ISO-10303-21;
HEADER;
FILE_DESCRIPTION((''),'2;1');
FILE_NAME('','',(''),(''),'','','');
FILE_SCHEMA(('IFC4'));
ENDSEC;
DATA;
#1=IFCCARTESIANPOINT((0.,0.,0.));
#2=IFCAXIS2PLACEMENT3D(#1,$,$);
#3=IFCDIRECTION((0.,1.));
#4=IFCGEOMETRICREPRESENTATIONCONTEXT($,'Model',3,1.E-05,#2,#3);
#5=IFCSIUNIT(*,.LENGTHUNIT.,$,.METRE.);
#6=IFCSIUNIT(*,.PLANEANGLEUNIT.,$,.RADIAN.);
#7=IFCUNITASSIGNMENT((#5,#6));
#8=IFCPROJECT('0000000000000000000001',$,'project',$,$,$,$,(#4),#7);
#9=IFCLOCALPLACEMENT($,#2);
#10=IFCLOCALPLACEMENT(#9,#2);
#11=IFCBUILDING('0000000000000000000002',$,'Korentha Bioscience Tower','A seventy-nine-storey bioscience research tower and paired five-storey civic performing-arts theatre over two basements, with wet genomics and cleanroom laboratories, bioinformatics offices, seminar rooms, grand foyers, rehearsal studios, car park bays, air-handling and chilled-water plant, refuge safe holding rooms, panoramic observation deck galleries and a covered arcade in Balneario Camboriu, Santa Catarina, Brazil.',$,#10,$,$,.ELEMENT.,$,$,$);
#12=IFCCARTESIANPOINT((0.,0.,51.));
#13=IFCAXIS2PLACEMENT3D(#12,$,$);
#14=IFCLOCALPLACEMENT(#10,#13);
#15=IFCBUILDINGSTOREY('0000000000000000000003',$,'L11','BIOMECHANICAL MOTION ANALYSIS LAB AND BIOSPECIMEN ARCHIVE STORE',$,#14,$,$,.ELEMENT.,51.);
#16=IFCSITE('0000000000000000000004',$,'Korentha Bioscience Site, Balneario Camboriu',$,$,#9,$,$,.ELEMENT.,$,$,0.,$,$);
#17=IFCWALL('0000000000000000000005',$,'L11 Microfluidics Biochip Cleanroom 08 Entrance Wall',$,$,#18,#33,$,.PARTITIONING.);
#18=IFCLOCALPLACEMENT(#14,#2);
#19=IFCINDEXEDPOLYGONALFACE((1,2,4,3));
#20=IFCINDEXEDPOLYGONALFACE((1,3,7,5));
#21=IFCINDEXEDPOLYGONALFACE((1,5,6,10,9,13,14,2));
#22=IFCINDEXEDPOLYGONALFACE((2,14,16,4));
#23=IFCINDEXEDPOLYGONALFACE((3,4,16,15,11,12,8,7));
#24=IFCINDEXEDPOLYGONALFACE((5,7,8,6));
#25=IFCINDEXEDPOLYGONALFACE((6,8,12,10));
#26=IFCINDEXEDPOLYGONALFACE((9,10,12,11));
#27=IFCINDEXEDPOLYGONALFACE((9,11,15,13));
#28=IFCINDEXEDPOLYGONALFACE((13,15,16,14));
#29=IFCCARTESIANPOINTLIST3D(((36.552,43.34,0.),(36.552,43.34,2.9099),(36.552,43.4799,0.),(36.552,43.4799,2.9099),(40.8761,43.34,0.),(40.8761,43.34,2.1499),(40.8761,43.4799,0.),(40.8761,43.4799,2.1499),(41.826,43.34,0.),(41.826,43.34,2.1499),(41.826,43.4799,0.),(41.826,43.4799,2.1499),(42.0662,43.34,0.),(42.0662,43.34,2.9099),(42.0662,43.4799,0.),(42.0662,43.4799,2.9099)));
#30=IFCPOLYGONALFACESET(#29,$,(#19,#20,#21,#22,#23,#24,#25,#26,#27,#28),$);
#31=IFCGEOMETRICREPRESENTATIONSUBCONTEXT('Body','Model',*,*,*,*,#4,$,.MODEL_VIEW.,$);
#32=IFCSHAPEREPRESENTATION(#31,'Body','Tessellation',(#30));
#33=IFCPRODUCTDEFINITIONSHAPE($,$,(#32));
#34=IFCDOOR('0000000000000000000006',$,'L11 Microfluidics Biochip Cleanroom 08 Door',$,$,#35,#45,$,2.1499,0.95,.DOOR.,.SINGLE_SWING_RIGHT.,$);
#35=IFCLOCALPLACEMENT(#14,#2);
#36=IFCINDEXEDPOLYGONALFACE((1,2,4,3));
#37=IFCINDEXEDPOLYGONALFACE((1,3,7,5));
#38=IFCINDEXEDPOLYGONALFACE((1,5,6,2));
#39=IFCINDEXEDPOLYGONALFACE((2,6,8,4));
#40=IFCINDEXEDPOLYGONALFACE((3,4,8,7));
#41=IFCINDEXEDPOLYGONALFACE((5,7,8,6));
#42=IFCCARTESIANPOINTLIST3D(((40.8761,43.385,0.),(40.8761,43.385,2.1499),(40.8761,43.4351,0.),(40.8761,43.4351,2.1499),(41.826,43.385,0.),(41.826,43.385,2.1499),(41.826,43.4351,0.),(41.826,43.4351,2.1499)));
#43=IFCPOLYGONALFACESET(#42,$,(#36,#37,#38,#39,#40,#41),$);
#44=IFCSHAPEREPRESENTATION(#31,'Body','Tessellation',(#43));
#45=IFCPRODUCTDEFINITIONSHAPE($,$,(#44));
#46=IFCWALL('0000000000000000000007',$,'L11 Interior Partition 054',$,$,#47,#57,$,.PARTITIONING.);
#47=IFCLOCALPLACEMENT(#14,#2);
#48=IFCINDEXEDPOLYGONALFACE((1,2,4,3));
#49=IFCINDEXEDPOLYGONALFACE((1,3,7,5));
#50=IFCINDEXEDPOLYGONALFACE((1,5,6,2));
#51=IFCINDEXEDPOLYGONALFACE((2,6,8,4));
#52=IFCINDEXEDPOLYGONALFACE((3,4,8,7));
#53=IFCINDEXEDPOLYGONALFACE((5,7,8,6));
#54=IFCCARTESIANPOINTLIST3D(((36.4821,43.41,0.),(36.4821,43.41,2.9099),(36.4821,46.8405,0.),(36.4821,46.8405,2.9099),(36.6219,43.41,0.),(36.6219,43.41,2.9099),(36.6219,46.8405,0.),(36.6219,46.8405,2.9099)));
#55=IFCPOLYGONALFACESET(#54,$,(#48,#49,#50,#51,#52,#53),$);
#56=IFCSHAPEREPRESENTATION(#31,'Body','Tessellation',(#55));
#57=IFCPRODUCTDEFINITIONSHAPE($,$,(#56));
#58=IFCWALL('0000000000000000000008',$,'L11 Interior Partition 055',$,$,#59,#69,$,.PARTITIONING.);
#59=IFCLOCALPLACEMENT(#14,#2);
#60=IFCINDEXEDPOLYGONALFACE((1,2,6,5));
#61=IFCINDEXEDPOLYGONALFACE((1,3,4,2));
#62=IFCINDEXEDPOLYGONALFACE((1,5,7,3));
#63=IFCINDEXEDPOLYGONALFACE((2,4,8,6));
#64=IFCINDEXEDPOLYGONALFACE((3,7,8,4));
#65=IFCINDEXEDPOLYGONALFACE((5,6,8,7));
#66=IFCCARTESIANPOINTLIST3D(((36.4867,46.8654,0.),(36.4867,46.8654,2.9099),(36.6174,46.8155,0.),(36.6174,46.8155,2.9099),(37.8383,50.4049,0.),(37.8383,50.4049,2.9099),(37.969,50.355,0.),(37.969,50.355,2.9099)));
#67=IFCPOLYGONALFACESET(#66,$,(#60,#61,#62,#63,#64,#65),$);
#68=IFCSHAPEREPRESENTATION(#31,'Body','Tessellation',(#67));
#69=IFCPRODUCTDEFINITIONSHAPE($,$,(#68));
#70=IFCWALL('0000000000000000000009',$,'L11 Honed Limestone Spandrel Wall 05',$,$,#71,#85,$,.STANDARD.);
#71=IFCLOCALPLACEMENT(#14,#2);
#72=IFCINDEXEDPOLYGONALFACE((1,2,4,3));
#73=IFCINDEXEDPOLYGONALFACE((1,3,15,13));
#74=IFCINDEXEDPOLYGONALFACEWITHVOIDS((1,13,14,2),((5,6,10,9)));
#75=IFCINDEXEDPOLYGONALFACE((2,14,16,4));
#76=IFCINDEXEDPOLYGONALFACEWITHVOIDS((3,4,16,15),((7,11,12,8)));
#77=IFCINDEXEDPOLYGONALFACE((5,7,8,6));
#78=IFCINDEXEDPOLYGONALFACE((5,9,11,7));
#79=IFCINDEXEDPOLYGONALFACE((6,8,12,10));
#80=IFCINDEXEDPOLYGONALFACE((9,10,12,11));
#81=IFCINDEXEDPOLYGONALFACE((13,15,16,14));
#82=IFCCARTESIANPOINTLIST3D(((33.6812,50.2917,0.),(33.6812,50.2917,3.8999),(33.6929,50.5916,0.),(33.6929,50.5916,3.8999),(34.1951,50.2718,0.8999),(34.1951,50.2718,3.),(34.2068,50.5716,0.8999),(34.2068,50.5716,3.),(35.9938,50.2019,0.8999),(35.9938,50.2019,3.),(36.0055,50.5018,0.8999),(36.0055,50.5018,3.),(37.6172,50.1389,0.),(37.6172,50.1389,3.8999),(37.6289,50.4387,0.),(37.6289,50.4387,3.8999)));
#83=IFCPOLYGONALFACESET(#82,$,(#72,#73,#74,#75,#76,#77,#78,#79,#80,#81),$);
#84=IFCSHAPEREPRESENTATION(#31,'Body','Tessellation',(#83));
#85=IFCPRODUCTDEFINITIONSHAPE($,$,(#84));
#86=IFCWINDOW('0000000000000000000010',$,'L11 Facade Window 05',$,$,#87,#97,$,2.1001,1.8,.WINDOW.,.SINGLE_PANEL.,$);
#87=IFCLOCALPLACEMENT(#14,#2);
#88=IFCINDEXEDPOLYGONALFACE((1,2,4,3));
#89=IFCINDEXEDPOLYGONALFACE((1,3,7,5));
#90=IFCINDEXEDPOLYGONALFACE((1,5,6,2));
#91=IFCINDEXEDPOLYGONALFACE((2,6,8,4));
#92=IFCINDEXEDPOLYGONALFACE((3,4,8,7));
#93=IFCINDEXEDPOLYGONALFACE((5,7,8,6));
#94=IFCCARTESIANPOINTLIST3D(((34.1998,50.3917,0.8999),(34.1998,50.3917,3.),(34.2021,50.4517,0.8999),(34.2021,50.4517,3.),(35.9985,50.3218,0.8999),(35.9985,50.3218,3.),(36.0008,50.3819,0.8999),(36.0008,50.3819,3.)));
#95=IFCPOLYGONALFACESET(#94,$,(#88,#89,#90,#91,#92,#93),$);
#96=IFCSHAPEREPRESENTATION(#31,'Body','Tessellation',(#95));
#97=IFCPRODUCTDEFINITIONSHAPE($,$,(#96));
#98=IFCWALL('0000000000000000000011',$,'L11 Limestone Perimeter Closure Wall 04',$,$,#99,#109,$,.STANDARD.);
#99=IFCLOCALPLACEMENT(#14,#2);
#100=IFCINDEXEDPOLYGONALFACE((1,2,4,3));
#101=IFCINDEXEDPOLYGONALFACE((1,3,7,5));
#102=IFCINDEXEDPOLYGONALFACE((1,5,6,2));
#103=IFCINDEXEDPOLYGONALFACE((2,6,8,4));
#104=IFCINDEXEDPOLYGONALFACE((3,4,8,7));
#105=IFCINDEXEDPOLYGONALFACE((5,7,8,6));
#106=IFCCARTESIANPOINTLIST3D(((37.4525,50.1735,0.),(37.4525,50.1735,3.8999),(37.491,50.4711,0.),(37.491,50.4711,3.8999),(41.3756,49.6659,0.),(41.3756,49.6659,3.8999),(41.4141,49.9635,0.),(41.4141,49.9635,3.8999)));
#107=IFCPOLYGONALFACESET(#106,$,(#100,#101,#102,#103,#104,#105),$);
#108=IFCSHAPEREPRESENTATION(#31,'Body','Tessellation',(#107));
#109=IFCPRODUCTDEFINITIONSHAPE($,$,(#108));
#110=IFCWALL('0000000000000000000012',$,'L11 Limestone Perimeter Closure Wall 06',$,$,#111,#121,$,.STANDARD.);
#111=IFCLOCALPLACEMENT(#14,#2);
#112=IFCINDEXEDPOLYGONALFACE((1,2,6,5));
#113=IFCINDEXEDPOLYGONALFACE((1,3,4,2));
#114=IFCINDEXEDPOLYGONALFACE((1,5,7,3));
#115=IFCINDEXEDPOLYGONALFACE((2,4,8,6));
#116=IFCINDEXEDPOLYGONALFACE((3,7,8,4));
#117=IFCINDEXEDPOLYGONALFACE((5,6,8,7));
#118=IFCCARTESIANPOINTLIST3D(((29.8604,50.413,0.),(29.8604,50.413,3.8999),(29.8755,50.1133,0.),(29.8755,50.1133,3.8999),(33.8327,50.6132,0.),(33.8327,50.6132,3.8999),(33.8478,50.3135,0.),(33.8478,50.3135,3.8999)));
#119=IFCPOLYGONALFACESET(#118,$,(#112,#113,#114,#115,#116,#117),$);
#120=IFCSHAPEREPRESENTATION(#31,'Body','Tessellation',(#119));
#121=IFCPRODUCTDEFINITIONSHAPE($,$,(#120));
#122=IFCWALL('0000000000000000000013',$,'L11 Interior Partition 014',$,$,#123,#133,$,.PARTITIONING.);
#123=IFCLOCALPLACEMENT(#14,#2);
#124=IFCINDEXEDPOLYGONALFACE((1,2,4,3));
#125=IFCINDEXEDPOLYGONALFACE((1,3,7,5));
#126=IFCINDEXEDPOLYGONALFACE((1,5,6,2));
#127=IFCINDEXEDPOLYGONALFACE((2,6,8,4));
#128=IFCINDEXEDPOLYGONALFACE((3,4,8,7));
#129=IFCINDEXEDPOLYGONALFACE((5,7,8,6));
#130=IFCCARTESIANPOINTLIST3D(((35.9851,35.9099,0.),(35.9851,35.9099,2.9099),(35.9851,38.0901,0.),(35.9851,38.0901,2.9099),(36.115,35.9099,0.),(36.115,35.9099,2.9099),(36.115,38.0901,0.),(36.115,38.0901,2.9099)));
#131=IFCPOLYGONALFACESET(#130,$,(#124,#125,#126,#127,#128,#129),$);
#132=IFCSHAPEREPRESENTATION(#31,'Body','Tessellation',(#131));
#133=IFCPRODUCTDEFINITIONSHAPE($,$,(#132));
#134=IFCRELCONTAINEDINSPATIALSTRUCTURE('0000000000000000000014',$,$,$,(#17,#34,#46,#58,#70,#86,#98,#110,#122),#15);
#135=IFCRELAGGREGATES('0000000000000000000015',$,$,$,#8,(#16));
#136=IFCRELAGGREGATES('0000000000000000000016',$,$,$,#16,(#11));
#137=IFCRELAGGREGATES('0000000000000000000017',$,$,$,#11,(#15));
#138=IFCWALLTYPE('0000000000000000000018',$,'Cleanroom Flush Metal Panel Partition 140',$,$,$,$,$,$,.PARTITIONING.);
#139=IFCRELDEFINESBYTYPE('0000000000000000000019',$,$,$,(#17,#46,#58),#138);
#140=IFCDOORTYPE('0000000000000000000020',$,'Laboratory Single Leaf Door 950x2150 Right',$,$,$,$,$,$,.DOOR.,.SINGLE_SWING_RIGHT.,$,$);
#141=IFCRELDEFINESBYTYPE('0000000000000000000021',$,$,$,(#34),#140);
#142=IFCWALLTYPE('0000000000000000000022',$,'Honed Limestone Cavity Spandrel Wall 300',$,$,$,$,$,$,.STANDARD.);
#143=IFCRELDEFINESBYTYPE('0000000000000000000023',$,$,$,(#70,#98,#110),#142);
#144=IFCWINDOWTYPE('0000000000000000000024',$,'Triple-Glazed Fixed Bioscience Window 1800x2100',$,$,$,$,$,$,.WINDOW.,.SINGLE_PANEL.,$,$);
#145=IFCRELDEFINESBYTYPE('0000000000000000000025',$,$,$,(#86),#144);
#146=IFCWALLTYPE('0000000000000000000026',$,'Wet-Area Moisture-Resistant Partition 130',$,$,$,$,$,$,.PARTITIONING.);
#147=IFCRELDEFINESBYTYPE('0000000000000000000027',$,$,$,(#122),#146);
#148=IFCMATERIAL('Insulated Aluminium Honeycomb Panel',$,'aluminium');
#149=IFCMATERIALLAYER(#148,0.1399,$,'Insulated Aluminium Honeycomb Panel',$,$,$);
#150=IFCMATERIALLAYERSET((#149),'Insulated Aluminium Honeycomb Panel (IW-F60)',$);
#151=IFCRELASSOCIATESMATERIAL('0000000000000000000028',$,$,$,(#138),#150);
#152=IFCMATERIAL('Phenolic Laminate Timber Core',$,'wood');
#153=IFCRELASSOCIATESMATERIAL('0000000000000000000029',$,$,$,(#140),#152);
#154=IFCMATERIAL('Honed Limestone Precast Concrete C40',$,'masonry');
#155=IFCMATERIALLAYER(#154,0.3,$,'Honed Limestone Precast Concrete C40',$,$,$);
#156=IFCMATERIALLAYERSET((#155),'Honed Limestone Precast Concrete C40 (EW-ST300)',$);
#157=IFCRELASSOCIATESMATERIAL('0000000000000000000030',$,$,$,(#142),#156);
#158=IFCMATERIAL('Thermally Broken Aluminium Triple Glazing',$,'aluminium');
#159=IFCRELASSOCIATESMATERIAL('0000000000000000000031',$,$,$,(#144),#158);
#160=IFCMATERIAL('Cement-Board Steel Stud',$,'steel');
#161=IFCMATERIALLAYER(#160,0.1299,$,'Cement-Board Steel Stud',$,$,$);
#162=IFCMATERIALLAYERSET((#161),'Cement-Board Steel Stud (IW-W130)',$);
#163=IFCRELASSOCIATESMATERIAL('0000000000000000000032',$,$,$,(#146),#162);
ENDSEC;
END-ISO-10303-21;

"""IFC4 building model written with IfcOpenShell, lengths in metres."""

from ifc_helpers import new_model, si_unit, direction, frame, frame_2d, origin, place, context, subcontext, project, spatial, rectangle, extrude, material, layer, layer_set, type_object, element, fill, save


model = new_model("IFC4")

# Units and contexts
model_context = context("Model", 3, precision=1e-05, world=origin(), true_north=direction((0.0, 1.0)))
body_context = subcontext(model_context, "Body", "Model", "MODEL_VIEW")
ifc_project = project(units=[si_unit("LENGTHUNIT", "METRE"), si_unit("PLANEANGLEUNIT", "RADIAN")], contexts=[model_context])

# Site, building, storey
site_placement = place(None, origin())
site = spatial("IfcSite", under=ifc_project, at=site_placement, Name="Korentha Bioscience Site, Balneario Camboriu", CompositionType="ELEMENT", RefElevation=0.0)
building_placement = place(site_placement, origin())
building = spatial("IfcBuilding", under=site, at=building_placement, Name="Korentha Bioscience Tower", Description="A seventy-nine-storey bioscience research tower and paired five-storey civic performing-arts theatre over two basements, with wet genomics and cleanroom laboratories, bioinformatics offices, seminar rooms, grand foyers, rehearsal studios, car park bays, air-handling and chilled-water plant, refuge safe holding rooms, panoramic observation deck galleries and a covered arcade in Balneario Camboriu, Santa Catarina, Brazil.", CompositionType="ELEMENT")
storey_placement = place(building_placement, frame((0.0, 0.0, 51.0)))
storey = spatial("IfcBuildingStorey", under=building, at=storey_placement, Name="L11", Description="BIOMECHANICAL MOTION ANALYSIS LAB AND BIOSPECIMEN ARCHIVE STORE", CompositionType="ELEMENT", Elevation=51.0)

# Shared definitions
ifc_material_1 = material(Name="Phenolic Laminate Timber Core", Category="wood")

# Wall, opening, door
ifc_material_2 = material(Name="Insulated Aluminium Honeycomb Panel", Category="aluminium")
ifc_layer_1 = layer(ifc_material_2, 0.1399, Name="Insulated Aluminium Honeycomb Panel")
ifc_layer_set_1 = layer_set([ifc_layer_1], Name="Insulated Aluminium Honeycomb Panel (IW-F60)")
wall_type_1 = type_object("IfcWallType", Name="Cleanroom Flush Metal Panel Partition 140", PredefinedType="PARTITIONING", material=ifc_layer_set_1)
wall_1_placement = place(storey_placement, frame((42.0662, 43.4099, 0.0), z_axis=(0.0, 0.0, 1.0), x_axis=(-1.0, 0.0, 0.0)))
wall_1 = element("IfcWall", 1, at=wall_1_placement, inside=storey, type_object=wall_type_1, Name="L11 Microfluidics Biochip Cleanroom 08 Entrance Wall", PredefinedType="PARTITIONING", context=body_context, shape_type="SweptSolid", body=[
    extrude(rectangle(XDim=5.5142, YDim=0.1399, at=frame_2d((2.7571, 0.0))), origin(), (0.0, 0.0, 1.0), 2.9099),
])
opening_1_placement = place(wall_1_placement, frame((0.24, 0.0, 0.0)))
opening_1 = element("IfcOpeningElement", 2, at=opening_1_placement, cuts=wall_1, PredefinedType="OPENING", context=body_context, shape_type="SweptSolid", body=[
    extrude(rectangle(XDim=0.95, YDim=2.1499, at=frame_2d((0.4751, 1.075))), frame((0.0, 0.085, 0.0), z_axis=(0.0, -1.0, 0.0), x_axis=(1.0, 0.0, 0.0)), (0.0, 0.0, 1.0), 0.1697),
])
door_type_1 = type_object("IfcDoorType", Name="Laboratory Single Leaf Door 950x2150 Right", OperationType="SINGLE_SWING_RIGHT", PredefinedType="DOOR", material=ifc_material_1)
door_1_placement = place(opening_1_placement, origin())
door_1 = element("IfcDoor", 3, at=door_1_placement, inside=storey, type_object=door_type_1, Name="L11 Microfluidics Biochip Cleanroom 08 Door", OperationType="SINGLE_SWING_RIGHT", OverallHeight=2.1499, OverallWidth=0.95, PredefinedType="DOOR", context=body_context, shape_type="SweptSolid", body=[
    extrude(rectangle(XDim=0.95, YDim=2.1499, at=frame_2d((0.4751, 1.075))), frame((0.0, 0.0249, 0.0), z_axis=(0.0, -1.0, 0.0), x_axis=(1.0, 0.0, 0.0)), (0.0, 0.0, 1.0), 0.05),
])
fill(opening_1, door_1)

# Walls
wall_2_placement = place(storey_placement, frame((36.552, 43.4099, 0.0), z_axis=(0.0, 0.0, 1.0), x_axis=(0.0, 1.0, 0.0)))
element("IfcWall", 4, at=wall_2_placement, inside=storey, type_object=wall_type_1, Name="L11 Interior Partition 054", PredefinedType="PARTITIONING", context=body_context, shape_type="SweptSolid", body=[
    extrude(rectangle(XDim=3.4304, YDim=0.1399, at=frame_2d((1.7153, 0.0))), origin(), (0.0, 0.0, 1.0), 2.9099),
])
wall_3_placement = place(storey_placement, frame((36.552, 46.8403, 0.0), z_axis=(0.0, 0.0, 1.0), x_axis=(0.356724, 0.93421, 0.0)))
element("IfcWall", 5, at=wall_3_placement, inside=storey, type_object=wall_type_1, Name="L11 Interior Partition 055", PredefinedType="PARTITIONING", context=body_context, shape_type="SweptSolid", body=[
    extrude(rectangle(XDim=3.7888, YDim=0.1399, at=frame_2d((1.8945, 0.0))), origin(), (0.0, 0.0, 1.0), 2.9099),
])

# Wall, opening, window
ifc_material_3 = material(Name="Honed Limestone Precast Concrete C40", Category="masonry")
ifc_layer_2 = layer(ifc_material_3, 0.3, Name="Honed Limestone Precast Concrete C40")
ifc_layer_set_2 = layer_set([ifc_layer_2], Name="Honed Limestone Precast Concrete C40 (EW-ST300)")
wall_type_2 = type_object("IfcWallType", Name="Honed Limestone Cavity Spandrel Wall 300", PredefinedType="STANDARD", material=ifc_layer_set_2)
wall_4_placement = place(storey_placement, frame((37.623, 50.2888, 0.0), z_axis=(0.0, 0.0, 1.0), x_axis=(-0.999247, 0.0388, 0.0)))
wall_4 = element("IfcWall", 6, at=wall_4_placement, inside=storey, type_object=wall_type_2, Name="L11 Honed Limestone Spandrel Wall 05", PredefinedType="STANDARD", context=body_context, shape_type="SweptSolid", body=[
    extrude(rectangle(XDim=3.939, YDim=0.3, at=frame_2d((1.9695, 0.0))), origin(), (0.0, 0.0, 1.0), 3.8999),
])
opening_2_placement = place(wall_4_placement, frame((1.6248, 0.0, 0.8999)))
opening_2 = element("IfcOpeningElement", 7, at=opening_2_placement, cuts=wall_4, PredefinedType="OPENING", context=body_context, shape_type="SweptSolid", body=[
    extrude(rectangle(XDim=1.8, YDim=2.1001, at=frame_2d((0.8999, 1.05))), frame((0.0, 0.165, 0.0), z_axis=(0.0, -1.0, 0.0), x_axis=(1.0, 0.0, 0.0)), (0.0, 0.0, 1.0), 0.3298),
])
ifc_material_4 = material(Name="Thermally Broken Aluminium Triple Glazing", Category="aluminium")
window_type = type_object("IfcWindowType", Name="Triple-Glazed Fixed Bioscience Window 1800x2100", PartitioningType="SINGLE_PANEL", PredefinedType="WINDOW", material=ifc_material_4)
window_placement = place(opening_2_placement, origin())
window = element("IfcWindow", 8, at=window_placement, inside=storey, type_object=window_type, Name="L11 Facade Window 05", OverallHeight=2.1001, OverallWidth=1.8, PartitioningType="SINGLE_PANEL", PredefinedType="WINDOW", context=body_context, shape_type="SweptSolid", body=[
    extrude(rectangle(XDim=1.8, YDim=2.1001, at=frame_2d((0.8999, 1.05))), frame((0.0, 0.03, 0.0), z_axis=(0.0, -1.0, 0.0), x_axis=(1.0, 0.0, 0.0)), (0.0, 0.0, 1.0), 0.0601),
])
fill(opening_2, window)

# Walls
wall_5_placement = place(storey_placement, frame((41.395, 49.8147, 0.0), z_axis=(0.0, 0.0, 1.0), x_axis=(-0.991734, 0.12831, 0.0)))
element("IfcWall", 9, at=wall_5_placement, inside=storey, type_object=wall_type_2, Name="L11 Limestone Perimeter Closure Wall 04", PredefinedType="STANDARD", context=body_context, shape_type="SweptSolid", body=[
    extrude(rectangle(XDim=3.9558, YDim=0.3, at=frame_2d((1.978, 0.0))), origin(), (0.0, 0.0, 1.0), 3.8999),
])
wall_6_placement = place(storey_placement, frame((33.8403, 50.4634, 0.0), z_axis=(0.0, 0.0, 1.0), x_axis=(-0.998732, -0.050336, 0.0)))
element("IfcWall", 10, at=wall_6_placement, inside=storey, type_object=wall_type_2, Name="L11 Limestone Perimeter Closure Wall 06", PredefinedType="STANDARD", context=body_context, shape_type="SweptSolid", body=[
    extrude(rectangle(XDim=3.9773, YDim=0.3, at=frame_2d((1.9888, 0.0))), origin(), (0.0, 0.0, 1.0), 3.8999),
])

# Shared definitions
ifc_material_5 = material(Name="Cement-Board Steel Stud", Category="steel")
ifc_layer_3 = layer(ifc_material_5, 0.1299, Name="Cement-Board Steel Stud")
ifc_layer_set_3 = layer_set([ifc_layer_3], Name="Cement-Board Steel Stud (IW-W130)")
wall_type_3 = type_object("IfcWallType", Name="Wet-Area Moisture-Resistant Partition 130", PredefinedType="PARTITIONING", material=ifc_layer_set_3)

# Wall
wall_7_placement = place(storey_placement, frame((36.05, 38.0901, 0.0), z_axis=(0.0, 0.0, 1.0), x_axis=(0.0, -1.0, 0.0)))
element("IfcWall", 11, at=wall_7_placement, inside=storey, type_object=wall_type_3, Name="L11 Interior Partition 014", PredefinedType="PARTITIONING", context=body_context, shape_type="SweptSolid", body=[
    extrude(rectangle(XDim=2.1802, YDim=0.1299, at=frame_2d((1.0901, 0.0))), origin(), (0.0, 0.0, 1.0), 2.9099),
])

save(model, "model.ifc")
